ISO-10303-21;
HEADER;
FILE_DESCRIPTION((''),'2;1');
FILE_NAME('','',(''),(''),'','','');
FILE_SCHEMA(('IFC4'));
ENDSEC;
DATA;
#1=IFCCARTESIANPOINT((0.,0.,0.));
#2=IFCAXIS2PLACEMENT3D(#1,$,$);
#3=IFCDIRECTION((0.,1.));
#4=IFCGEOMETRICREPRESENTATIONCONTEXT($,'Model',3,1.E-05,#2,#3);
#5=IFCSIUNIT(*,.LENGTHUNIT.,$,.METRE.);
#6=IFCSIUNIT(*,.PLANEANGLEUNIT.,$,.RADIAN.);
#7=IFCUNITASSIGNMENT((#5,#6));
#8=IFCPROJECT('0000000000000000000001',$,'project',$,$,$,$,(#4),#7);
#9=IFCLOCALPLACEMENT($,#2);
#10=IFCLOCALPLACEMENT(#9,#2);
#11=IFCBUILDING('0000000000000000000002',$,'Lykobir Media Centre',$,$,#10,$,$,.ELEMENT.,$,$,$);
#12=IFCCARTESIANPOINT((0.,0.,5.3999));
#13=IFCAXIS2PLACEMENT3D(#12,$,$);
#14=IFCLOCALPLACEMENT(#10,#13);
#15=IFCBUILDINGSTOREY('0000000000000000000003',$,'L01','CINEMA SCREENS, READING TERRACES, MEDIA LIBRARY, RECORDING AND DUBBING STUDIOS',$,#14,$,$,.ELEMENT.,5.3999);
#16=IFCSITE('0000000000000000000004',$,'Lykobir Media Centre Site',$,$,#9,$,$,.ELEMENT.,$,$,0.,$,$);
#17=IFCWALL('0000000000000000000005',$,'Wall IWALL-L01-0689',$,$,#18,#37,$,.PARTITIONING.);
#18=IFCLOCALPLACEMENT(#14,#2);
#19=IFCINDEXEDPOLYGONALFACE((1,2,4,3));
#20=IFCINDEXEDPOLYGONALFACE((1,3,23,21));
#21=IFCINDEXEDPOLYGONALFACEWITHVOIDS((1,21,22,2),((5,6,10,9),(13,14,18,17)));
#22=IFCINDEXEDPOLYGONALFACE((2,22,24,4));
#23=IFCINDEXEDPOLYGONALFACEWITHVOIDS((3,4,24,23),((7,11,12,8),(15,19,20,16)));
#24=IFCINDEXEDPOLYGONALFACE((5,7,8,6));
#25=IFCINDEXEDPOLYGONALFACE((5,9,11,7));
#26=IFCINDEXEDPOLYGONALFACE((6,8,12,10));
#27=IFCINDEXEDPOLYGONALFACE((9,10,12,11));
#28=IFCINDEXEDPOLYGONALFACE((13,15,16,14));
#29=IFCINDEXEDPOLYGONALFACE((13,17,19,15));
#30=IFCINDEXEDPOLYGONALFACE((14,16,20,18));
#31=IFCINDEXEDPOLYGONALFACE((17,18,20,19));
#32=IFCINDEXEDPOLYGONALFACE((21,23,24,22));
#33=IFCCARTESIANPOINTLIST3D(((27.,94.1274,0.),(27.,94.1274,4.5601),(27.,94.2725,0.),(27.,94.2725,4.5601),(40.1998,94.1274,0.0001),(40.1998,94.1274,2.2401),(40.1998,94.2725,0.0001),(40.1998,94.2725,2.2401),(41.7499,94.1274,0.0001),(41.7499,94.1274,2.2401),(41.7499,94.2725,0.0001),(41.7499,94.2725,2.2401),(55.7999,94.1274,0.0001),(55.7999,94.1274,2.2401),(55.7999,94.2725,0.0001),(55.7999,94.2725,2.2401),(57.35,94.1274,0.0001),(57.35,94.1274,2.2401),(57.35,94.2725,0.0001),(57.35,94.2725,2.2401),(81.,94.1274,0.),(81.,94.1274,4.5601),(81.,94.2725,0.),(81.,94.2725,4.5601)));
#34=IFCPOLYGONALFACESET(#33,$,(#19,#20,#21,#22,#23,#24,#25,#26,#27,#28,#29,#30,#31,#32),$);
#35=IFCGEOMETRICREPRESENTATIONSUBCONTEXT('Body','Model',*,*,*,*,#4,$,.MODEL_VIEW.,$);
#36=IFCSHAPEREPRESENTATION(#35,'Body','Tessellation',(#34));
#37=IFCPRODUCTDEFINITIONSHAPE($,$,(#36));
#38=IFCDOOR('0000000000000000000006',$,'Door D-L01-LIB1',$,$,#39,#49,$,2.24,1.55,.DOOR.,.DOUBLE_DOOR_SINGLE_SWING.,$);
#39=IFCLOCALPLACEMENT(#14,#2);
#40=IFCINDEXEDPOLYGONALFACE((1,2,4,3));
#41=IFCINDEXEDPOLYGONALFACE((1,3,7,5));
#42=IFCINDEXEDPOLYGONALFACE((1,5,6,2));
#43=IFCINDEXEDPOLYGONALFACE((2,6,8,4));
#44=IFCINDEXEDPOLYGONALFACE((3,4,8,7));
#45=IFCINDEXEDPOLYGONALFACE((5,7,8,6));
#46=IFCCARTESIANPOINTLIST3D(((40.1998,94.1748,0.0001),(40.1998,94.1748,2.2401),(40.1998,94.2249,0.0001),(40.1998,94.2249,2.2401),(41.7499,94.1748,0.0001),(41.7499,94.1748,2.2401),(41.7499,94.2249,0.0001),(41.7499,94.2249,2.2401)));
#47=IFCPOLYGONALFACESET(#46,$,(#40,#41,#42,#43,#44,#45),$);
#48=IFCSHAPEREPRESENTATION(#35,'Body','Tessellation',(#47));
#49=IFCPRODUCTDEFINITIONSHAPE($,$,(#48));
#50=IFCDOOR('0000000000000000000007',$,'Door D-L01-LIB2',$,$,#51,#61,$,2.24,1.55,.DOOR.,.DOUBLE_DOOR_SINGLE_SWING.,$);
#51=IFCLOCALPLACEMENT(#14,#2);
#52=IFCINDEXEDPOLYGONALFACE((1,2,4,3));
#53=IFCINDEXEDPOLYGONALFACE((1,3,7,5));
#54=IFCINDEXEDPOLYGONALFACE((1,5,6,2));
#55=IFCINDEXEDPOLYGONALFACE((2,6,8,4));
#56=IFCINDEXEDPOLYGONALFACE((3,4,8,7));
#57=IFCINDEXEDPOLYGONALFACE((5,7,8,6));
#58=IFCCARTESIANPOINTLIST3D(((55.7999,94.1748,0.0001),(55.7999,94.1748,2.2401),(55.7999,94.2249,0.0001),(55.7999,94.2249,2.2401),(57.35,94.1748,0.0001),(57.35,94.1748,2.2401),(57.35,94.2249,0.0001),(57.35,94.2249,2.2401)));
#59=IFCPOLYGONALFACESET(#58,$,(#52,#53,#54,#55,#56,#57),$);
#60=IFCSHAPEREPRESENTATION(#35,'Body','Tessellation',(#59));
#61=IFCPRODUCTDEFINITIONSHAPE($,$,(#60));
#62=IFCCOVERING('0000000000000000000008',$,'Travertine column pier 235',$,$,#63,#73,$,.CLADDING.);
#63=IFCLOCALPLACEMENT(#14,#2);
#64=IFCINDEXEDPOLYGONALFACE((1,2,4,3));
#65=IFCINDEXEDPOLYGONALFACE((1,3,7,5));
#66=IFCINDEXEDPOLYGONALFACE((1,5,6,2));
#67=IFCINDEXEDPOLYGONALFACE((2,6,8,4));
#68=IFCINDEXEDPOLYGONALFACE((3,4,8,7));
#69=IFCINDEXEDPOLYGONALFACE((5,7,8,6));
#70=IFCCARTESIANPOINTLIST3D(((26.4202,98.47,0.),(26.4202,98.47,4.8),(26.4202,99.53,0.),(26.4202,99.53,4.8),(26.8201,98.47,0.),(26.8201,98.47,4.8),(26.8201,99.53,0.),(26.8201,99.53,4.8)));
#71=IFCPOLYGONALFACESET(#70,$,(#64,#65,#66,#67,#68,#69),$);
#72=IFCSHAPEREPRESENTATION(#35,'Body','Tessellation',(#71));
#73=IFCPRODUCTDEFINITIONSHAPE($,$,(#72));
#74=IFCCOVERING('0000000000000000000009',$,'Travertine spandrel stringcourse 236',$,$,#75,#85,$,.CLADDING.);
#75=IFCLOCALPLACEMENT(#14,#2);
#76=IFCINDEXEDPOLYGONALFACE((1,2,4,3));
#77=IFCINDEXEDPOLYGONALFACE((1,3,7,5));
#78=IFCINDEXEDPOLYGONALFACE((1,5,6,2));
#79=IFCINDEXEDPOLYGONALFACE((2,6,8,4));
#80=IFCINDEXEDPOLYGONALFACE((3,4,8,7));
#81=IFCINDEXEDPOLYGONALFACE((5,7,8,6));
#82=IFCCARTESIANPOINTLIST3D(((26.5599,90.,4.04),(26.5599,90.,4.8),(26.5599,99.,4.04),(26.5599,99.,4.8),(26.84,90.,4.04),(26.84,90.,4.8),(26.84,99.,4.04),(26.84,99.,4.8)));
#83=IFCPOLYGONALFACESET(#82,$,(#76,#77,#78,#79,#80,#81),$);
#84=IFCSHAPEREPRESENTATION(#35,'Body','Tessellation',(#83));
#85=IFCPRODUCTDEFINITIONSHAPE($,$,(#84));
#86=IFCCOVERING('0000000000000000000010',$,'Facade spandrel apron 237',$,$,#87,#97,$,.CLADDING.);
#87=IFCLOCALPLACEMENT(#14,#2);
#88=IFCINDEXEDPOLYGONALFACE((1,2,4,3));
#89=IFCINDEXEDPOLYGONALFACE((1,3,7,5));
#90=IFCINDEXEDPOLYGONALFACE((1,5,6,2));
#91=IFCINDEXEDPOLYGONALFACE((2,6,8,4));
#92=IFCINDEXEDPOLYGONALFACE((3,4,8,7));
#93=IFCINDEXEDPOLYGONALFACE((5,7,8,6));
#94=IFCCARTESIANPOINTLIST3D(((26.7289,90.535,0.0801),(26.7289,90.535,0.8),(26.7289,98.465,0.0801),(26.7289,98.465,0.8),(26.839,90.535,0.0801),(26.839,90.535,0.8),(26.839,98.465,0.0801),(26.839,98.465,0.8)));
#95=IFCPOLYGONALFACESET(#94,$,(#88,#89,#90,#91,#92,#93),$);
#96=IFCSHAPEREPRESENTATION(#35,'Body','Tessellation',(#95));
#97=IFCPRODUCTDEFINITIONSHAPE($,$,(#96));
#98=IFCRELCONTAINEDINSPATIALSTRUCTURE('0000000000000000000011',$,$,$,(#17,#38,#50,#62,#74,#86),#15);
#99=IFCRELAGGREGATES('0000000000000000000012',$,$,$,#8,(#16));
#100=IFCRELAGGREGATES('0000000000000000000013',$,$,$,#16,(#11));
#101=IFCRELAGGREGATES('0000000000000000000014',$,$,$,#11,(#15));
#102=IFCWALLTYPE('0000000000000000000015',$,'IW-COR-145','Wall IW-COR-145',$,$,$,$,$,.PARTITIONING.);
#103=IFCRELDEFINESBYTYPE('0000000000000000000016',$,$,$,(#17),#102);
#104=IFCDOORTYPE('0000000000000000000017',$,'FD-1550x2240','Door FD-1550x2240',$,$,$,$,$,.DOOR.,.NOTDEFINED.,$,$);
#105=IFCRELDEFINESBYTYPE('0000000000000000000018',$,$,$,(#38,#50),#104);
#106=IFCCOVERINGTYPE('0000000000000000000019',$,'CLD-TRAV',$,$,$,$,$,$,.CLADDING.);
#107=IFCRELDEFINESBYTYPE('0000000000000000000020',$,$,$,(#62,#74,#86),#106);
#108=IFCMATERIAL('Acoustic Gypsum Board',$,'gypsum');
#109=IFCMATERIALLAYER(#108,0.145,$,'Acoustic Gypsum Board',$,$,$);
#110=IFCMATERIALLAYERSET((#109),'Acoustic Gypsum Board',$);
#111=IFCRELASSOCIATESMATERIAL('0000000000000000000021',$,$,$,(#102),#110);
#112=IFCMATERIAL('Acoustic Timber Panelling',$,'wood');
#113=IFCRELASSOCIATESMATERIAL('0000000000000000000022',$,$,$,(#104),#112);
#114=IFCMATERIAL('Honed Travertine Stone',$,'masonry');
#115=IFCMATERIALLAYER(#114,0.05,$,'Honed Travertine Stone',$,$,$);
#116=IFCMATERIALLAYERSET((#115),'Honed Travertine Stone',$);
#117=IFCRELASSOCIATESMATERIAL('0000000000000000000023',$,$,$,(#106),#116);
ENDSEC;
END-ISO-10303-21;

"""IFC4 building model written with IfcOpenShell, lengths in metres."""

from ifc_helpers import new_model, si_unit, direction, frame, frame_2d, origin, origin_2d, place, context, subcontext, project, spatial, rectangle, extrude, material, layer, layer_set, type_object, element, fill, save


model = new_model("IFC4")

# Units and contexts
model_context = context("Model", 3, precision=1e-05, world=origin(), true_north=direction((0.0, 1.0)))
body_context = subcontext(model_context, "Body", "Model", "MODEL_VIEW")
ifc_project = project(units=[si_unit("LENGTHUNIT", "METRE"), si_unit("PLANEANGLEUNIT", "RADIAN")], contexts=[model_context])

# Site, building, storey
site_placement = place(None, origin())
site = spatial("IfcSite", under=ifc_project, at=site_placement, Name="Lykobir Media Centre Site", CompositionType="ELEMENT", RefElevation=0.0)
building_placement = place(site_placement, origin())
building = spatial("IfcBuilding", under=site, at=building_placement, Name="Lykobir Media Centre", CompositionType="ELEMENT")
storey_placement = place(building_placement, frame((0.0, 0.0, 5.3999)))
storey = spatial("IfcBuildingStorey", under=building, at=storey_placement, Name="L01", Description="CINEMA SCREENS, READING TERRACES, MEDIA LIBRARY, RECORDING AND DUBBING STUDIOS", CompositionType="ELEMENT", Elevation=5.3999)

# Shared definitions
ifc_material_1 = material(Name="Honed Travertine Stone", Category="masonry")

# Wall, openings, doors
ifc_material_2 = material(Name="Acoustic Gypsum Board", Category="gypsum")
ifc_layer_1 = layer(ifc_material_2, 0.145, Name="Acoustic Gypsum Board")
ifc_layer_set_1 = layer_set([ifc_layer_1], Name="Acoustic Gypsum Board")
wall_type_1 = type_object("IfcWallType", Name="IW-COR-145", Description="Wall IW-COR-145", PredefinedType="PARTITIONING", material=ifc_layer_set_1)
wall_1_placement = place(storey_placement, frame((27.0, 94.2, 0.0), z_axis=(0.0, 0.0, 1.0), x_axis=(1.0, 0.0, 0.0)))
wall_1 = element("IfcWall", 1, at=wall_1_placement, inside=storey, type_object=wall_type_1, Name="Wall IWALL-L01-0689", PredefinedType="PARTITIONING", context=body_context, shape_type="SweptSolid", body=[
    extrude(rectangle(XDim=54.0, YDim=0.145, at=frame_2d((27.0, 0.0))), origin(), (0.0, 0.0, 1.0), 4.5601),
])
opening_1_placement = place(wall_1_placement, frame((13.2, 0.0, 0.0)))
opening_1 = element("IfcOpeningElement", 2, at=opening_1_placement, cuts=wall_1, PredefinedType="OPENING", context=body_context, shape_type="SweptSolid", body=[
    extrude(rectangle(XDim=1.55, YDim=2.24, at=frame_2d((0.7749, 1.1201))), frame((0.0, 0.0825, 0.0), z_axis=(0.0, -1.0, 0.0), x_axis=(1.0, 0.0, 0.0)), (0.0, 0.0, 1.0), 0.165),
])
opening_2_placement = place(wall_1_placement, frame((28.8, 0.0, 0.0)))
opening_2 = element("IfcOpeningElement", 3, at=opening_2_placement, cuts=wall_1, PredefinedType="OPENING", context=body_context, shape_type="SweptSolid", body=[
    extrude(rectangle(XDim=1.55, YDim=2.24, at=frame_2d((0.7749, 1.1201))), frame((0.0, 0.0825, 0.0), z_axis=(0.0, -1.0, 0.0), x_axis=(1.0, 0.0, 0.0)), (0.0, 0.0, 1.0), 0.165),
])
ifc_material_3 = material(Name="Acoustic Timber Panelling", Category="wood")
door_type = type_object("IfcDoorType", Name="FD-1550x2240", Description="Door FD-1550x2240", OperationType="NOTDEFINED", PredefinedType="DOOR", material=ifc_material_3)
door_1_placement = place(opening_1_placement, origin())
door_1 = element("IfcDoor", 4, at=door_1_placement, inside=storey, type_object=door_type, Name="Door D-L01-LIB1", OperationType="DOUBLE_DOOR_SINGLE_SWING", OverallHeight=2.24, OverallWidth=1.55, PredefinedType="DOOR", context=body_context, shape_type="SweptSolid", body=[
    extrude(rectangle(XDim=1.55, YDim=2.24, at=frame_2d((0.7749, 1.1201))), frame((0.0, 0.0249, 0.0), z_axis=(0.0, -1.0, 0.0), x_axis=(1.0, 0.0, 0.0)), (0.0, 0.0, 1.0), 0.05),
])
fill(opening_1, door_1)
door_2_placement = place(opening_2_placement, origin())
door_2 = element("IfcDoor", 5, at=door_2_placement, inside=storey, type_object=door_type, Name="Door D-L01-LIB2", OperationType="DOUBLE_DOOR_SINGLE_SWING", OverallHeight=2.24, OverallWidth=1.55, PredefinedType="DOOR", context=body_context, shape_type="SweptSolid", body=[
    extrude(rectangle(XDim=1.55, YDim=2.24, at=frame_2d((0.7749, 1.1201))), frame((0.0, 0.0249, 0.0), z_axis=(0.0, -1.0, 0.0), x_axis=(1.0, 0.0, 0.0)), (0.0, 0.0, 1.0), 0.05),
])
fill(opening_2, door_2)

# Coverings
ifc_layer_2 = layer(ifc_material_1, 0.05, Name="Honed Travertine Stone")
ifc_layer_set_2 = layer_set([ifc_layer_2], Name="Honed Travertine Stone")
covering_type = type_object("IfcCoveringType", Name="CLD-TRAV", PredefinedType="CLADDING", material=ifc_layer_set_2)
covering_1_placement = place(storey_placement, frame((26.6201, 99.0, 0.0), z_axis=(0.0, 0.0, 1.0), x_axis=(0.0, -1.0, 0.0)))
element("IfcCovering", 6, at=covering_1_placement, inside=storey, type_object=covering_type, Name="Travertine column pier 235", PredefinedType="CLADDING", context=body_context, shape_type="SweptSolid", body=[
    extrude(rectangle(XDim=1.0601, YDim=0.3999, at=origin_2d()), origin(), (0.0, 0.0, 1.0), 4.8),
])
covering_2_placement = place(storey_placement, frame((26.7, 94.5, 4.04), z_axis=(0.0, 0.0, 1.0), x_axis=(0.0, -1.0, 0.0)))
element("IfcCovering", 7, at=covering_2_placement, inside=storey, type_object=covering_type, Name="Travertine spandrel stringcourse 236", PredefinedType="CLADDING", context=body_context, shape_type="SweptSolid", body=[
    extrude(rectangle(XDim=9.0, YDim=0.28, at=origin_2d()), origin(), (0.0, 0.0, 1.0), 0.76),
])
covering_3_placement = place(storey_placement, frame((26.7839, 94.5, 0.0801), z_axis=(0.0, 0.0, 1.0), x_axis=(0.0, -1.0, 0.0)))
element("IfcCovering", 8, at=covering_3_placement, inside=storey, type_object=covering_type, Name="Facade spandrel apron 237", PredefinedType="CLADDING", context=body_context, shape_type="SweptSolid", body=[
    extrude(rectangle(XDim=7.9299, YDim=0.1101, at=origin_2d()), origin(), (0.0, 0.0, 1.0), 0.72),
])

save(model, "model.ifc")
